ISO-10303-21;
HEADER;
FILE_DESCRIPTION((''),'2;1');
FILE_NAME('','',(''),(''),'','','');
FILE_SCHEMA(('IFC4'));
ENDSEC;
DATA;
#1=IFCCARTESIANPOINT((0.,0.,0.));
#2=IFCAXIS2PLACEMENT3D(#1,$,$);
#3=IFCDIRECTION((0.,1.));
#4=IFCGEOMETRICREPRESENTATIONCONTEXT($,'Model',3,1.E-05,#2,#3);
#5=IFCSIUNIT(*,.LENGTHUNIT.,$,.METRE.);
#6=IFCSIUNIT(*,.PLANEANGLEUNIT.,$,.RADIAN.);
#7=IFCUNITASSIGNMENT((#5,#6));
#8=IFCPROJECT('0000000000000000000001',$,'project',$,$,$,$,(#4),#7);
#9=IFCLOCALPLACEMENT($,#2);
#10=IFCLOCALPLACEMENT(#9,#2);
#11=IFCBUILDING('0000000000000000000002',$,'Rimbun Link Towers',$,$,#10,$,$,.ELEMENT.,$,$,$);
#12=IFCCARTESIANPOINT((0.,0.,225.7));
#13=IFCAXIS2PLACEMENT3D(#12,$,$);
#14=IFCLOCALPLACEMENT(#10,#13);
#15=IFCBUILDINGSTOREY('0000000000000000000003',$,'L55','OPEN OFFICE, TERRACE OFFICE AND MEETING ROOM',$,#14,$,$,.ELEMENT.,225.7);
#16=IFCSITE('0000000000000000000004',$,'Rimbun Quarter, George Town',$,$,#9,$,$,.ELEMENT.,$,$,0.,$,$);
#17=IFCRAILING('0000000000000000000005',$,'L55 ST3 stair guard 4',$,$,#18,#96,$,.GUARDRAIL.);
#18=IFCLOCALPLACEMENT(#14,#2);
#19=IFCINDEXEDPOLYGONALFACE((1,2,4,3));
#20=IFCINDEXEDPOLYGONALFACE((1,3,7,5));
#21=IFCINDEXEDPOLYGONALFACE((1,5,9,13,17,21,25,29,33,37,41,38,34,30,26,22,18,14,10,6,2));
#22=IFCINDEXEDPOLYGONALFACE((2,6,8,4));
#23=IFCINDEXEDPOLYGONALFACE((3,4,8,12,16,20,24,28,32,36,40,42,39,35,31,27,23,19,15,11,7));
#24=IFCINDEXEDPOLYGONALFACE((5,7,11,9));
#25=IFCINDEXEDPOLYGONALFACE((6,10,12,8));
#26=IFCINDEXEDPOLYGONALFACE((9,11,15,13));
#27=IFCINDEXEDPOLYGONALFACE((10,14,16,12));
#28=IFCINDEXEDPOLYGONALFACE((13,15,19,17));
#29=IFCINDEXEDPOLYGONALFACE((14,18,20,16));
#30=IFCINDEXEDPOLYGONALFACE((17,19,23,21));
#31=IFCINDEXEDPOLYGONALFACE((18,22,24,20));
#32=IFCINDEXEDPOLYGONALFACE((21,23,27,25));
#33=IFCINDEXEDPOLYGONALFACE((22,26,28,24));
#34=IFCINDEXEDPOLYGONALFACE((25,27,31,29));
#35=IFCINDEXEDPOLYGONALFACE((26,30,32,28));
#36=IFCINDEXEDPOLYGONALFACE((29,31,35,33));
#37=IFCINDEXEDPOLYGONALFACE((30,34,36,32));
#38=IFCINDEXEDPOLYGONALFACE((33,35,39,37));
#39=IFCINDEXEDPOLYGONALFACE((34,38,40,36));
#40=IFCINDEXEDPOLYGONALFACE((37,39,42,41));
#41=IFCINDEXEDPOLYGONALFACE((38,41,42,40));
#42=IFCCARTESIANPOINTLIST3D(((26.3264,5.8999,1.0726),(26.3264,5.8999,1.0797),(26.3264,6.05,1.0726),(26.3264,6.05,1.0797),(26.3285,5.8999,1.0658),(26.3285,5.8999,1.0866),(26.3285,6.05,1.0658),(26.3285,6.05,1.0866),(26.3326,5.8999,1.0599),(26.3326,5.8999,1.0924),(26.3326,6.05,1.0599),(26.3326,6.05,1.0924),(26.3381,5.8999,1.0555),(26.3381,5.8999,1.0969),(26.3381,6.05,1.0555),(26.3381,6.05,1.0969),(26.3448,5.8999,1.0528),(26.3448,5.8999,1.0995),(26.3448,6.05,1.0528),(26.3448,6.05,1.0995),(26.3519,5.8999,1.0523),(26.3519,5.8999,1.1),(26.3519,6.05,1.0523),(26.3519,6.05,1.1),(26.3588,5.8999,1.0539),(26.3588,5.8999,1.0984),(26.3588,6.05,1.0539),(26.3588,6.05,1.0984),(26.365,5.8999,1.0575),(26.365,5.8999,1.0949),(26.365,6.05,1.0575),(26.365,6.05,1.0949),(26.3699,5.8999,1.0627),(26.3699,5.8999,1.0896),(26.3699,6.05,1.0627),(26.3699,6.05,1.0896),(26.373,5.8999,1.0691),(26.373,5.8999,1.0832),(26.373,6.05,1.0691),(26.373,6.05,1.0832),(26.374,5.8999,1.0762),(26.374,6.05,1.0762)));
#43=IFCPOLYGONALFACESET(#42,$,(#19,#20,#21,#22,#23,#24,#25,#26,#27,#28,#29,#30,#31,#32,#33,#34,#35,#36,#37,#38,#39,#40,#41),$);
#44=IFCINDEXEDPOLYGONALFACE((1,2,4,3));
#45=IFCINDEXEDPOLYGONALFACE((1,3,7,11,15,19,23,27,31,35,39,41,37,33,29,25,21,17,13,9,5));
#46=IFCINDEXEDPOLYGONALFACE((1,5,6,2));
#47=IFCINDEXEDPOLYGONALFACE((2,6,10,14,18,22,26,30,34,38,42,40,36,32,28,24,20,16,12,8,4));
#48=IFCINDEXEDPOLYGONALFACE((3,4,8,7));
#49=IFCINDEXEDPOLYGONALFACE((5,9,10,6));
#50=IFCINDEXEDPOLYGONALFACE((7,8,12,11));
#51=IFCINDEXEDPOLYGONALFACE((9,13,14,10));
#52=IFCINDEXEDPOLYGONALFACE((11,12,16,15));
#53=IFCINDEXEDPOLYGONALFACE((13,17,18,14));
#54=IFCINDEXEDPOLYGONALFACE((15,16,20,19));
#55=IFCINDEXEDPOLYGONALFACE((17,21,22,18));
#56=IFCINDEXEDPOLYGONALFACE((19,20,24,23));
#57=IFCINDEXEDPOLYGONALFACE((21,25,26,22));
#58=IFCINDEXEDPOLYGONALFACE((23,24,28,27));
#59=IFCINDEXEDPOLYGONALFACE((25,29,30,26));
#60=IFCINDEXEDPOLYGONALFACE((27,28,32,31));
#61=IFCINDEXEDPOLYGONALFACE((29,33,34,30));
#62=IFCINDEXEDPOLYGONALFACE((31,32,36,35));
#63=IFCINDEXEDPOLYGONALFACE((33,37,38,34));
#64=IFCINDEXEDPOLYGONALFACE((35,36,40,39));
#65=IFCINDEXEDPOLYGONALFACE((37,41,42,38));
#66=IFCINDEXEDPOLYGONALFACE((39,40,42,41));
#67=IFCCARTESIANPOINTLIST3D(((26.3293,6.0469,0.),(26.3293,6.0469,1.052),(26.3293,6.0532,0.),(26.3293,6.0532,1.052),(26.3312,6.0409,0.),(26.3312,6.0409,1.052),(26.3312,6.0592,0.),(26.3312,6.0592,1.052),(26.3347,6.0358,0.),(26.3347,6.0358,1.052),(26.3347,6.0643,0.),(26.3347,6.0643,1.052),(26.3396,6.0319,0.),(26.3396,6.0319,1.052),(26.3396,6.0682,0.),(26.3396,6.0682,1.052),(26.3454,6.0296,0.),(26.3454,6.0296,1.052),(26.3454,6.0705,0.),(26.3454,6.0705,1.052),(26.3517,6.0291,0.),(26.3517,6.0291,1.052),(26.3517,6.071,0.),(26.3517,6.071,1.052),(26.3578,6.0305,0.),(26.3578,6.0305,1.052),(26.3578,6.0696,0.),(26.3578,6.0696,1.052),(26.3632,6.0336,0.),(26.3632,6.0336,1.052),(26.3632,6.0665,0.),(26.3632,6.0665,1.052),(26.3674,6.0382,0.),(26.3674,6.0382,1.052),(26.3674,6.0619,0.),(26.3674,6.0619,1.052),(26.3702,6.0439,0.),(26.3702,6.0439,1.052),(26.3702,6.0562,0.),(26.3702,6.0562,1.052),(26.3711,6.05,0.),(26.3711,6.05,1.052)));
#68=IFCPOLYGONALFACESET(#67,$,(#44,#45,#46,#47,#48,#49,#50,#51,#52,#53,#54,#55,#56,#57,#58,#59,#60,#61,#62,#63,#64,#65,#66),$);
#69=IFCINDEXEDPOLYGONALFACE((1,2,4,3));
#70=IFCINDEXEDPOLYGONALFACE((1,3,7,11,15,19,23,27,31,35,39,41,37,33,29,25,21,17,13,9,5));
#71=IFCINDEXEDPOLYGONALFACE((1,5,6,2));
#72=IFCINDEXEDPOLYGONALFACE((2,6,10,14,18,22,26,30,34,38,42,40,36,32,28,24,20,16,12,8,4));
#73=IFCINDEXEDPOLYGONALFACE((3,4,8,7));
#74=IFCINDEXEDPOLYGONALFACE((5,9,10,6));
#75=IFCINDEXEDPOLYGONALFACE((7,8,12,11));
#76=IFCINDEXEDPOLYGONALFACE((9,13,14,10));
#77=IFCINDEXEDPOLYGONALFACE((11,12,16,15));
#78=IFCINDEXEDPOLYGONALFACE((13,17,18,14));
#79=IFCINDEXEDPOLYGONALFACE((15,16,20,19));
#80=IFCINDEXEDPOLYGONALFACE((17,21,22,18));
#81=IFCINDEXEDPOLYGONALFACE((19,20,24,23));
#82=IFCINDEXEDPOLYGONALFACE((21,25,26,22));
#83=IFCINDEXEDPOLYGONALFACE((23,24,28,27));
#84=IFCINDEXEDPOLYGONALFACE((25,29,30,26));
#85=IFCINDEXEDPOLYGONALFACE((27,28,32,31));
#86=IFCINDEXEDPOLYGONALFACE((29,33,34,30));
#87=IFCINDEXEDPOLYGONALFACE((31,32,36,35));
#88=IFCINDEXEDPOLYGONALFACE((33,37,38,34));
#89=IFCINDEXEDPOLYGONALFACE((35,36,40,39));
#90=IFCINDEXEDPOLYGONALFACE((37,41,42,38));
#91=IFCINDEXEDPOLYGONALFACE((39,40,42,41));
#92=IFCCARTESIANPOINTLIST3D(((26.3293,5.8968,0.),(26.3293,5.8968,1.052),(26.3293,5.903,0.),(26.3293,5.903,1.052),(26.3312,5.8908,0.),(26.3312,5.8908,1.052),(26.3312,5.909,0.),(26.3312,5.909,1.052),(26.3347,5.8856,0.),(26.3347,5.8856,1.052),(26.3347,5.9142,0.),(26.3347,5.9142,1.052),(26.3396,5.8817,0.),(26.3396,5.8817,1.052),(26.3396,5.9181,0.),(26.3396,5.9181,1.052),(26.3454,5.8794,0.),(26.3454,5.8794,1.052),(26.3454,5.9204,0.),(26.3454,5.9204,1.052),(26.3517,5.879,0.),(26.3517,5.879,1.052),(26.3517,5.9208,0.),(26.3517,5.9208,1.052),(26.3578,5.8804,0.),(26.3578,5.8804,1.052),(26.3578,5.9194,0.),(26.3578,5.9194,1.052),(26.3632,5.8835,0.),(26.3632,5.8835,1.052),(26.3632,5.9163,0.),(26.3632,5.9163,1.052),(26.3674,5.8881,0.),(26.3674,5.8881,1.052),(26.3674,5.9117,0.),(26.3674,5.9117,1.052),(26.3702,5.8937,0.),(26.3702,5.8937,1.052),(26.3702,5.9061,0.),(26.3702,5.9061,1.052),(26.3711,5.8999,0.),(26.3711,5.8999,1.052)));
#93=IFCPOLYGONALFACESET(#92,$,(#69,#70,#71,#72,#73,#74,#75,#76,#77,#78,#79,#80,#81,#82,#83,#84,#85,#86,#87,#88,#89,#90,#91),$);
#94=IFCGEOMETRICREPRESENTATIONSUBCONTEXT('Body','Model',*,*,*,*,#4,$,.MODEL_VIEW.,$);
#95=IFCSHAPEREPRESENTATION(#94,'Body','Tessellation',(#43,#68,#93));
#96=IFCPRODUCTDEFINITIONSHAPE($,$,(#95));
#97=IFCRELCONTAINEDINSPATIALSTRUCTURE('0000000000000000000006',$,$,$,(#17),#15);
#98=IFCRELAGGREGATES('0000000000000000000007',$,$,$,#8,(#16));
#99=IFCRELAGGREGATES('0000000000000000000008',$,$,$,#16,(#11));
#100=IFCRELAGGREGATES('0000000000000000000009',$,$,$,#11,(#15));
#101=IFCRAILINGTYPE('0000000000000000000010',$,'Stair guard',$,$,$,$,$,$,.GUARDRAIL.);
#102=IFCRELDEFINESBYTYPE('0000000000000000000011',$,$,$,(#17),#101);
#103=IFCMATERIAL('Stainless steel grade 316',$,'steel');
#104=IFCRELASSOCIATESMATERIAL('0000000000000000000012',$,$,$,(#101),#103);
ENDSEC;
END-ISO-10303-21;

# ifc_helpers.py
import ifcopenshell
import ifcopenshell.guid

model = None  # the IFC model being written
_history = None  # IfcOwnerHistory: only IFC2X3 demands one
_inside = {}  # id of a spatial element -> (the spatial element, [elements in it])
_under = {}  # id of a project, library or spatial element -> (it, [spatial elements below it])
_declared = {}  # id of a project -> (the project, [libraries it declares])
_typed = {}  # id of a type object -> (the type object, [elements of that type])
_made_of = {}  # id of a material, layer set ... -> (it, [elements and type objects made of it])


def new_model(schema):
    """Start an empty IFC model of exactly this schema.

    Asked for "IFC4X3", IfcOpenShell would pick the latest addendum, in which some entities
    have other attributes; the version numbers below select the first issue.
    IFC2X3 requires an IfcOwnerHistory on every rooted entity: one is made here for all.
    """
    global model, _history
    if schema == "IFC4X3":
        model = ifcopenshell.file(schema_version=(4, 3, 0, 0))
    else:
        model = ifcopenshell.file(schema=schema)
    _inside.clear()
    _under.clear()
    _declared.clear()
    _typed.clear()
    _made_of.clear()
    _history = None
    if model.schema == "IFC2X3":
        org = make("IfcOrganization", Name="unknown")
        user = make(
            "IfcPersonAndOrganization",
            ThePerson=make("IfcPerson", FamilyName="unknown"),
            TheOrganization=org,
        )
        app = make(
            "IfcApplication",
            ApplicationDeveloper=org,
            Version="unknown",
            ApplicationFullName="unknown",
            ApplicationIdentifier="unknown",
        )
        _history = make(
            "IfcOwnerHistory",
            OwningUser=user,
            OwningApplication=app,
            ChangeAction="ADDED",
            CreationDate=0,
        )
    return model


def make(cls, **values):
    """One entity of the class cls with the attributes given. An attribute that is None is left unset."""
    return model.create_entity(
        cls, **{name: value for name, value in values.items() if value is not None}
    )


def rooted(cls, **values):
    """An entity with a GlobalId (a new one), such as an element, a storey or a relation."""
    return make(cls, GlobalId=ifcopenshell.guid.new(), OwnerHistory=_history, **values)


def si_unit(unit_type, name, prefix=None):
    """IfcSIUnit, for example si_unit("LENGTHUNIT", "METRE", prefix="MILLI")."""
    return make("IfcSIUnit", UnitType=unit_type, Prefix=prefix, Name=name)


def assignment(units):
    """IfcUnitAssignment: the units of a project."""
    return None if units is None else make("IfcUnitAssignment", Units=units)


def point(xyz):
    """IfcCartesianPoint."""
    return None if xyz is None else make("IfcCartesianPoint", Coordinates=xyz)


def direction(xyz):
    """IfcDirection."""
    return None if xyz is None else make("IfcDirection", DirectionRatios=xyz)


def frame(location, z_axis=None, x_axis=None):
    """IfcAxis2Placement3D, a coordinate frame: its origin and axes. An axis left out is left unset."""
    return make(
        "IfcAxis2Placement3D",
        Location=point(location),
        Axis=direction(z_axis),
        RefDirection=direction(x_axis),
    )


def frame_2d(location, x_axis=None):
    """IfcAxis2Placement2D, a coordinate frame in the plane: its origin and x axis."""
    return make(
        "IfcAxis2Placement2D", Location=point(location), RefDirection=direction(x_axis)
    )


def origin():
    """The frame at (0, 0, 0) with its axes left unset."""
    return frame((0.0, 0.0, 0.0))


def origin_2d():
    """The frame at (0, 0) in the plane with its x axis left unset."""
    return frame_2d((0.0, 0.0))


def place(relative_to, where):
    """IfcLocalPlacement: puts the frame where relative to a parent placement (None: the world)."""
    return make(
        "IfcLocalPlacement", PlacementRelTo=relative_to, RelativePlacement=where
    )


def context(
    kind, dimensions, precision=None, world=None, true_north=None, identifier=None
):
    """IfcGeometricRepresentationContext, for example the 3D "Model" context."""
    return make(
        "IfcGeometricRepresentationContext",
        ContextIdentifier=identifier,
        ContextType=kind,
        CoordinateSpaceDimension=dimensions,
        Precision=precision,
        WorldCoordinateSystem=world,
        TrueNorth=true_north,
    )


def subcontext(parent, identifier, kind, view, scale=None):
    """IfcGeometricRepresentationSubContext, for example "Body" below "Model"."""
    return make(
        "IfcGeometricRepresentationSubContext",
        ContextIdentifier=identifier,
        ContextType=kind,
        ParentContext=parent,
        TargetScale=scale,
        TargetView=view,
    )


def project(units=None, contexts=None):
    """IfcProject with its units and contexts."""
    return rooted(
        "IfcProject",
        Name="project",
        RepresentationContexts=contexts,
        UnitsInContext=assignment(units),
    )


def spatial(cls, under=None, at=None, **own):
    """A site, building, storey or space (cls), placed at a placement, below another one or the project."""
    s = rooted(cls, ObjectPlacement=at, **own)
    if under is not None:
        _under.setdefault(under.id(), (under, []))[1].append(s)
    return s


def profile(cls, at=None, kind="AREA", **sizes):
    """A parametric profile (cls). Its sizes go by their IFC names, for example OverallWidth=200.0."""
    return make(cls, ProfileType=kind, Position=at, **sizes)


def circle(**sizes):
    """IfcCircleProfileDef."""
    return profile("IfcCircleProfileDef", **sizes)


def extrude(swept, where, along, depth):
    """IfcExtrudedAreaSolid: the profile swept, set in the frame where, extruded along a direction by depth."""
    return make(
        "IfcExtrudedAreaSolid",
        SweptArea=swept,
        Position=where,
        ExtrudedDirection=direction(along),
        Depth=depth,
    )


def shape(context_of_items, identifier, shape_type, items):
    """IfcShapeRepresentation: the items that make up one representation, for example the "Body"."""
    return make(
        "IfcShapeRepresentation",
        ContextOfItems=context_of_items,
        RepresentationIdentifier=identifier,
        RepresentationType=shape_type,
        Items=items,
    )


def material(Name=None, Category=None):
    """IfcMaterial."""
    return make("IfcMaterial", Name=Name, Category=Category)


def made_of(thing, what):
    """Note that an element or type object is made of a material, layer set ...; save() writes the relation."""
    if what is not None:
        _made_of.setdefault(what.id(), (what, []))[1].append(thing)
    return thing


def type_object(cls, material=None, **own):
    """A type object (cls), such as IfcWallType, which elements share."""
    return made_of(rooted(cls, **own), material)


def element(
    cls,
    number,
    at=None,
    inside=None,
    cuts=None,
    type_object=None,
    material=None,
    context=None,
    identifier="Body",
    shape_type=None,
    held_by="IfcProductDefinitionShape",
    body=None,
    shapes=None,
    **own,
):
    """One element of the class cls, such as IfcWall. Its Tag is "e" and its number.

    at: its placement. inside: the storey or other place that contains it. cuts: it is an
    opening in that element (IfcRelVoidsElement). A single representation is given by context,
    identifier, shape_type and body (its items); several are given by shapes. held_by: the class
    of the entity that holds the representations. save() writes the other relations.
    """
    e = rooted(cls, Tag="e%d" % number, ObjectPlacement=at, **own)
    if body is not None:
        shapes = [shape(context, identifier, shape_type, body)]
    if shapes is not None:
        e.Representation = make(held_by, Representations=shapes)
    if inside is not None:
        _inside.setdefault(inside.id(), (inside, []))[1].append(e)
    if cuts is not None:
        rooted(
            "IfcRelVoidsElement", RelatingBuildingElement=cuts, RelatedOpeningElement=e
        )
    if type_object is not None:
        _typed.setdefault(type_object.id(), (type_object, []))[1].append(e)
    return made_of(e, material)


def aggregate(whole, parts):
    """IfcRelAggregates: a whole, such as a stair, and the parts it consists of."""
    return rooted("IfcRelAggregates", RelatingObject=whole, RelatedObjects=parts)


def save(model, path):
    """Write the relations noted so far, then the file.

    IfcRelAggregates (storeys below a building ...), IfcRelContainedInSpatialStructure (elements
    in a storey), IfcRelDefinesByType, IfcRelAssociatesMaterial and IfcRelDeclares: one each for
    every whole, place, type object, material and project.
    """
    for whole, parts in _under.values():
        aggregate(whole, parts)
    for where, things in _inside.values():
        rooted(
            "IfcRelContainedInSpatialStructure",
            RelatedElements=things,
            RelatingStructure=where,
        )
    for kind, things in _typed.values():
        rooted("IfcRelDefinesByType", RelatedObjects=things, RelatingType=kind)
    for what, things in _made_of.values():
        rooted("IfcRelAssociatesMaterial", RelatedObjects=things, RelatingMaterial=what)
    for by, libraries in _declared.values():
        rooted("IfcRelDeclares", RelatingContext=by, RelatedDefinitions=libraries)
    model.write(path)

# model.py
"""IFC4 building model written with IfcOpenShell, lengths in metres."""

from ifc_helpers import new_model, si_unit, direction, frame, origin, origin_2d, place, context, subcontext, project, spatial, circle, extrude, material, type_object, element, save


model = new_model("IFC4")

# Units and contexts
model_context = context("Model", 3, precision=1e-05, world=origin(), true_north=direction((0.0, 1.0)))
body_context = subcontext(model_context, "Body", "Model", "MODEL_VIEW")
ifc_project = project(units=[si_unit("LENGTHUNIT", "METRE"), si_unit("PLANEANGLEUNIT", "RADIAN")], contexts=[model_context])

# Site, building, storey
site_placement = place(None, origin())
site = spatial("IfcSite", under=ifc_project, at=site_placement, Name="Rimbun Quarter, George Town", CompositionType="ELEMENT", RefElevation=0.0)
building_placement = place(site_placement, origin())
building = spatial("IfcBuilding", under=site, at=building_placement, Name="Rimbun Link Towers", CompositionType="ELEMENT")
storey_placement = place(building_placement, frame((0.0, 0.0, 225.7)))
storey = spatial("IfcBuildingStorey", under=building, at=storey_placement, Name="L55", Description="OPEN OFFICE, TERRACE OFFICE AND MEETING ROOM", CompositionType="ELEMENT", Elevation=225.7)

# Railing
ifc_material_1 = material(Name="Stainless steel grade 316", Category="steel")
railing_type_1 = type_object("IfcRailingType", Name="Stair guard", PredefinedType="GUARDRAIL", material=ifc_material_1)
railing_1_placement = place(storey_placement, frame((26.3501, 6.05, 0.0)))
element("IfcRailing", 1, at=railing_1_placement, inside=storey, type_object=railing_type_1, Name="L55 ST3 stair guard 4", PredefinedType="GUARDRAIL", context=body_context, shape_type="SweptSolid", body=[
    extrude(circle(Radius=0.0239, at=origin_2d()), frame((0.0, 0.0, 1.0762), z_axis=(0.0, -1.0, 0.0), x_axis=(1.0, 0.0, 0.0)), (0.0, 0.0, 1.0), 0.1501),
    extrude(circle(Radius=0.021, at=origin_2d()), origin(), (0.0, 0.0, 1.0), 1.052),
    extrude(circle(Radius=0.021, at=origin_2d()), frame((0.0, -0.1501, 0.0)), (0.0, 0.0, 1.0), 1.052),
])

save(model, "model.ifc")
